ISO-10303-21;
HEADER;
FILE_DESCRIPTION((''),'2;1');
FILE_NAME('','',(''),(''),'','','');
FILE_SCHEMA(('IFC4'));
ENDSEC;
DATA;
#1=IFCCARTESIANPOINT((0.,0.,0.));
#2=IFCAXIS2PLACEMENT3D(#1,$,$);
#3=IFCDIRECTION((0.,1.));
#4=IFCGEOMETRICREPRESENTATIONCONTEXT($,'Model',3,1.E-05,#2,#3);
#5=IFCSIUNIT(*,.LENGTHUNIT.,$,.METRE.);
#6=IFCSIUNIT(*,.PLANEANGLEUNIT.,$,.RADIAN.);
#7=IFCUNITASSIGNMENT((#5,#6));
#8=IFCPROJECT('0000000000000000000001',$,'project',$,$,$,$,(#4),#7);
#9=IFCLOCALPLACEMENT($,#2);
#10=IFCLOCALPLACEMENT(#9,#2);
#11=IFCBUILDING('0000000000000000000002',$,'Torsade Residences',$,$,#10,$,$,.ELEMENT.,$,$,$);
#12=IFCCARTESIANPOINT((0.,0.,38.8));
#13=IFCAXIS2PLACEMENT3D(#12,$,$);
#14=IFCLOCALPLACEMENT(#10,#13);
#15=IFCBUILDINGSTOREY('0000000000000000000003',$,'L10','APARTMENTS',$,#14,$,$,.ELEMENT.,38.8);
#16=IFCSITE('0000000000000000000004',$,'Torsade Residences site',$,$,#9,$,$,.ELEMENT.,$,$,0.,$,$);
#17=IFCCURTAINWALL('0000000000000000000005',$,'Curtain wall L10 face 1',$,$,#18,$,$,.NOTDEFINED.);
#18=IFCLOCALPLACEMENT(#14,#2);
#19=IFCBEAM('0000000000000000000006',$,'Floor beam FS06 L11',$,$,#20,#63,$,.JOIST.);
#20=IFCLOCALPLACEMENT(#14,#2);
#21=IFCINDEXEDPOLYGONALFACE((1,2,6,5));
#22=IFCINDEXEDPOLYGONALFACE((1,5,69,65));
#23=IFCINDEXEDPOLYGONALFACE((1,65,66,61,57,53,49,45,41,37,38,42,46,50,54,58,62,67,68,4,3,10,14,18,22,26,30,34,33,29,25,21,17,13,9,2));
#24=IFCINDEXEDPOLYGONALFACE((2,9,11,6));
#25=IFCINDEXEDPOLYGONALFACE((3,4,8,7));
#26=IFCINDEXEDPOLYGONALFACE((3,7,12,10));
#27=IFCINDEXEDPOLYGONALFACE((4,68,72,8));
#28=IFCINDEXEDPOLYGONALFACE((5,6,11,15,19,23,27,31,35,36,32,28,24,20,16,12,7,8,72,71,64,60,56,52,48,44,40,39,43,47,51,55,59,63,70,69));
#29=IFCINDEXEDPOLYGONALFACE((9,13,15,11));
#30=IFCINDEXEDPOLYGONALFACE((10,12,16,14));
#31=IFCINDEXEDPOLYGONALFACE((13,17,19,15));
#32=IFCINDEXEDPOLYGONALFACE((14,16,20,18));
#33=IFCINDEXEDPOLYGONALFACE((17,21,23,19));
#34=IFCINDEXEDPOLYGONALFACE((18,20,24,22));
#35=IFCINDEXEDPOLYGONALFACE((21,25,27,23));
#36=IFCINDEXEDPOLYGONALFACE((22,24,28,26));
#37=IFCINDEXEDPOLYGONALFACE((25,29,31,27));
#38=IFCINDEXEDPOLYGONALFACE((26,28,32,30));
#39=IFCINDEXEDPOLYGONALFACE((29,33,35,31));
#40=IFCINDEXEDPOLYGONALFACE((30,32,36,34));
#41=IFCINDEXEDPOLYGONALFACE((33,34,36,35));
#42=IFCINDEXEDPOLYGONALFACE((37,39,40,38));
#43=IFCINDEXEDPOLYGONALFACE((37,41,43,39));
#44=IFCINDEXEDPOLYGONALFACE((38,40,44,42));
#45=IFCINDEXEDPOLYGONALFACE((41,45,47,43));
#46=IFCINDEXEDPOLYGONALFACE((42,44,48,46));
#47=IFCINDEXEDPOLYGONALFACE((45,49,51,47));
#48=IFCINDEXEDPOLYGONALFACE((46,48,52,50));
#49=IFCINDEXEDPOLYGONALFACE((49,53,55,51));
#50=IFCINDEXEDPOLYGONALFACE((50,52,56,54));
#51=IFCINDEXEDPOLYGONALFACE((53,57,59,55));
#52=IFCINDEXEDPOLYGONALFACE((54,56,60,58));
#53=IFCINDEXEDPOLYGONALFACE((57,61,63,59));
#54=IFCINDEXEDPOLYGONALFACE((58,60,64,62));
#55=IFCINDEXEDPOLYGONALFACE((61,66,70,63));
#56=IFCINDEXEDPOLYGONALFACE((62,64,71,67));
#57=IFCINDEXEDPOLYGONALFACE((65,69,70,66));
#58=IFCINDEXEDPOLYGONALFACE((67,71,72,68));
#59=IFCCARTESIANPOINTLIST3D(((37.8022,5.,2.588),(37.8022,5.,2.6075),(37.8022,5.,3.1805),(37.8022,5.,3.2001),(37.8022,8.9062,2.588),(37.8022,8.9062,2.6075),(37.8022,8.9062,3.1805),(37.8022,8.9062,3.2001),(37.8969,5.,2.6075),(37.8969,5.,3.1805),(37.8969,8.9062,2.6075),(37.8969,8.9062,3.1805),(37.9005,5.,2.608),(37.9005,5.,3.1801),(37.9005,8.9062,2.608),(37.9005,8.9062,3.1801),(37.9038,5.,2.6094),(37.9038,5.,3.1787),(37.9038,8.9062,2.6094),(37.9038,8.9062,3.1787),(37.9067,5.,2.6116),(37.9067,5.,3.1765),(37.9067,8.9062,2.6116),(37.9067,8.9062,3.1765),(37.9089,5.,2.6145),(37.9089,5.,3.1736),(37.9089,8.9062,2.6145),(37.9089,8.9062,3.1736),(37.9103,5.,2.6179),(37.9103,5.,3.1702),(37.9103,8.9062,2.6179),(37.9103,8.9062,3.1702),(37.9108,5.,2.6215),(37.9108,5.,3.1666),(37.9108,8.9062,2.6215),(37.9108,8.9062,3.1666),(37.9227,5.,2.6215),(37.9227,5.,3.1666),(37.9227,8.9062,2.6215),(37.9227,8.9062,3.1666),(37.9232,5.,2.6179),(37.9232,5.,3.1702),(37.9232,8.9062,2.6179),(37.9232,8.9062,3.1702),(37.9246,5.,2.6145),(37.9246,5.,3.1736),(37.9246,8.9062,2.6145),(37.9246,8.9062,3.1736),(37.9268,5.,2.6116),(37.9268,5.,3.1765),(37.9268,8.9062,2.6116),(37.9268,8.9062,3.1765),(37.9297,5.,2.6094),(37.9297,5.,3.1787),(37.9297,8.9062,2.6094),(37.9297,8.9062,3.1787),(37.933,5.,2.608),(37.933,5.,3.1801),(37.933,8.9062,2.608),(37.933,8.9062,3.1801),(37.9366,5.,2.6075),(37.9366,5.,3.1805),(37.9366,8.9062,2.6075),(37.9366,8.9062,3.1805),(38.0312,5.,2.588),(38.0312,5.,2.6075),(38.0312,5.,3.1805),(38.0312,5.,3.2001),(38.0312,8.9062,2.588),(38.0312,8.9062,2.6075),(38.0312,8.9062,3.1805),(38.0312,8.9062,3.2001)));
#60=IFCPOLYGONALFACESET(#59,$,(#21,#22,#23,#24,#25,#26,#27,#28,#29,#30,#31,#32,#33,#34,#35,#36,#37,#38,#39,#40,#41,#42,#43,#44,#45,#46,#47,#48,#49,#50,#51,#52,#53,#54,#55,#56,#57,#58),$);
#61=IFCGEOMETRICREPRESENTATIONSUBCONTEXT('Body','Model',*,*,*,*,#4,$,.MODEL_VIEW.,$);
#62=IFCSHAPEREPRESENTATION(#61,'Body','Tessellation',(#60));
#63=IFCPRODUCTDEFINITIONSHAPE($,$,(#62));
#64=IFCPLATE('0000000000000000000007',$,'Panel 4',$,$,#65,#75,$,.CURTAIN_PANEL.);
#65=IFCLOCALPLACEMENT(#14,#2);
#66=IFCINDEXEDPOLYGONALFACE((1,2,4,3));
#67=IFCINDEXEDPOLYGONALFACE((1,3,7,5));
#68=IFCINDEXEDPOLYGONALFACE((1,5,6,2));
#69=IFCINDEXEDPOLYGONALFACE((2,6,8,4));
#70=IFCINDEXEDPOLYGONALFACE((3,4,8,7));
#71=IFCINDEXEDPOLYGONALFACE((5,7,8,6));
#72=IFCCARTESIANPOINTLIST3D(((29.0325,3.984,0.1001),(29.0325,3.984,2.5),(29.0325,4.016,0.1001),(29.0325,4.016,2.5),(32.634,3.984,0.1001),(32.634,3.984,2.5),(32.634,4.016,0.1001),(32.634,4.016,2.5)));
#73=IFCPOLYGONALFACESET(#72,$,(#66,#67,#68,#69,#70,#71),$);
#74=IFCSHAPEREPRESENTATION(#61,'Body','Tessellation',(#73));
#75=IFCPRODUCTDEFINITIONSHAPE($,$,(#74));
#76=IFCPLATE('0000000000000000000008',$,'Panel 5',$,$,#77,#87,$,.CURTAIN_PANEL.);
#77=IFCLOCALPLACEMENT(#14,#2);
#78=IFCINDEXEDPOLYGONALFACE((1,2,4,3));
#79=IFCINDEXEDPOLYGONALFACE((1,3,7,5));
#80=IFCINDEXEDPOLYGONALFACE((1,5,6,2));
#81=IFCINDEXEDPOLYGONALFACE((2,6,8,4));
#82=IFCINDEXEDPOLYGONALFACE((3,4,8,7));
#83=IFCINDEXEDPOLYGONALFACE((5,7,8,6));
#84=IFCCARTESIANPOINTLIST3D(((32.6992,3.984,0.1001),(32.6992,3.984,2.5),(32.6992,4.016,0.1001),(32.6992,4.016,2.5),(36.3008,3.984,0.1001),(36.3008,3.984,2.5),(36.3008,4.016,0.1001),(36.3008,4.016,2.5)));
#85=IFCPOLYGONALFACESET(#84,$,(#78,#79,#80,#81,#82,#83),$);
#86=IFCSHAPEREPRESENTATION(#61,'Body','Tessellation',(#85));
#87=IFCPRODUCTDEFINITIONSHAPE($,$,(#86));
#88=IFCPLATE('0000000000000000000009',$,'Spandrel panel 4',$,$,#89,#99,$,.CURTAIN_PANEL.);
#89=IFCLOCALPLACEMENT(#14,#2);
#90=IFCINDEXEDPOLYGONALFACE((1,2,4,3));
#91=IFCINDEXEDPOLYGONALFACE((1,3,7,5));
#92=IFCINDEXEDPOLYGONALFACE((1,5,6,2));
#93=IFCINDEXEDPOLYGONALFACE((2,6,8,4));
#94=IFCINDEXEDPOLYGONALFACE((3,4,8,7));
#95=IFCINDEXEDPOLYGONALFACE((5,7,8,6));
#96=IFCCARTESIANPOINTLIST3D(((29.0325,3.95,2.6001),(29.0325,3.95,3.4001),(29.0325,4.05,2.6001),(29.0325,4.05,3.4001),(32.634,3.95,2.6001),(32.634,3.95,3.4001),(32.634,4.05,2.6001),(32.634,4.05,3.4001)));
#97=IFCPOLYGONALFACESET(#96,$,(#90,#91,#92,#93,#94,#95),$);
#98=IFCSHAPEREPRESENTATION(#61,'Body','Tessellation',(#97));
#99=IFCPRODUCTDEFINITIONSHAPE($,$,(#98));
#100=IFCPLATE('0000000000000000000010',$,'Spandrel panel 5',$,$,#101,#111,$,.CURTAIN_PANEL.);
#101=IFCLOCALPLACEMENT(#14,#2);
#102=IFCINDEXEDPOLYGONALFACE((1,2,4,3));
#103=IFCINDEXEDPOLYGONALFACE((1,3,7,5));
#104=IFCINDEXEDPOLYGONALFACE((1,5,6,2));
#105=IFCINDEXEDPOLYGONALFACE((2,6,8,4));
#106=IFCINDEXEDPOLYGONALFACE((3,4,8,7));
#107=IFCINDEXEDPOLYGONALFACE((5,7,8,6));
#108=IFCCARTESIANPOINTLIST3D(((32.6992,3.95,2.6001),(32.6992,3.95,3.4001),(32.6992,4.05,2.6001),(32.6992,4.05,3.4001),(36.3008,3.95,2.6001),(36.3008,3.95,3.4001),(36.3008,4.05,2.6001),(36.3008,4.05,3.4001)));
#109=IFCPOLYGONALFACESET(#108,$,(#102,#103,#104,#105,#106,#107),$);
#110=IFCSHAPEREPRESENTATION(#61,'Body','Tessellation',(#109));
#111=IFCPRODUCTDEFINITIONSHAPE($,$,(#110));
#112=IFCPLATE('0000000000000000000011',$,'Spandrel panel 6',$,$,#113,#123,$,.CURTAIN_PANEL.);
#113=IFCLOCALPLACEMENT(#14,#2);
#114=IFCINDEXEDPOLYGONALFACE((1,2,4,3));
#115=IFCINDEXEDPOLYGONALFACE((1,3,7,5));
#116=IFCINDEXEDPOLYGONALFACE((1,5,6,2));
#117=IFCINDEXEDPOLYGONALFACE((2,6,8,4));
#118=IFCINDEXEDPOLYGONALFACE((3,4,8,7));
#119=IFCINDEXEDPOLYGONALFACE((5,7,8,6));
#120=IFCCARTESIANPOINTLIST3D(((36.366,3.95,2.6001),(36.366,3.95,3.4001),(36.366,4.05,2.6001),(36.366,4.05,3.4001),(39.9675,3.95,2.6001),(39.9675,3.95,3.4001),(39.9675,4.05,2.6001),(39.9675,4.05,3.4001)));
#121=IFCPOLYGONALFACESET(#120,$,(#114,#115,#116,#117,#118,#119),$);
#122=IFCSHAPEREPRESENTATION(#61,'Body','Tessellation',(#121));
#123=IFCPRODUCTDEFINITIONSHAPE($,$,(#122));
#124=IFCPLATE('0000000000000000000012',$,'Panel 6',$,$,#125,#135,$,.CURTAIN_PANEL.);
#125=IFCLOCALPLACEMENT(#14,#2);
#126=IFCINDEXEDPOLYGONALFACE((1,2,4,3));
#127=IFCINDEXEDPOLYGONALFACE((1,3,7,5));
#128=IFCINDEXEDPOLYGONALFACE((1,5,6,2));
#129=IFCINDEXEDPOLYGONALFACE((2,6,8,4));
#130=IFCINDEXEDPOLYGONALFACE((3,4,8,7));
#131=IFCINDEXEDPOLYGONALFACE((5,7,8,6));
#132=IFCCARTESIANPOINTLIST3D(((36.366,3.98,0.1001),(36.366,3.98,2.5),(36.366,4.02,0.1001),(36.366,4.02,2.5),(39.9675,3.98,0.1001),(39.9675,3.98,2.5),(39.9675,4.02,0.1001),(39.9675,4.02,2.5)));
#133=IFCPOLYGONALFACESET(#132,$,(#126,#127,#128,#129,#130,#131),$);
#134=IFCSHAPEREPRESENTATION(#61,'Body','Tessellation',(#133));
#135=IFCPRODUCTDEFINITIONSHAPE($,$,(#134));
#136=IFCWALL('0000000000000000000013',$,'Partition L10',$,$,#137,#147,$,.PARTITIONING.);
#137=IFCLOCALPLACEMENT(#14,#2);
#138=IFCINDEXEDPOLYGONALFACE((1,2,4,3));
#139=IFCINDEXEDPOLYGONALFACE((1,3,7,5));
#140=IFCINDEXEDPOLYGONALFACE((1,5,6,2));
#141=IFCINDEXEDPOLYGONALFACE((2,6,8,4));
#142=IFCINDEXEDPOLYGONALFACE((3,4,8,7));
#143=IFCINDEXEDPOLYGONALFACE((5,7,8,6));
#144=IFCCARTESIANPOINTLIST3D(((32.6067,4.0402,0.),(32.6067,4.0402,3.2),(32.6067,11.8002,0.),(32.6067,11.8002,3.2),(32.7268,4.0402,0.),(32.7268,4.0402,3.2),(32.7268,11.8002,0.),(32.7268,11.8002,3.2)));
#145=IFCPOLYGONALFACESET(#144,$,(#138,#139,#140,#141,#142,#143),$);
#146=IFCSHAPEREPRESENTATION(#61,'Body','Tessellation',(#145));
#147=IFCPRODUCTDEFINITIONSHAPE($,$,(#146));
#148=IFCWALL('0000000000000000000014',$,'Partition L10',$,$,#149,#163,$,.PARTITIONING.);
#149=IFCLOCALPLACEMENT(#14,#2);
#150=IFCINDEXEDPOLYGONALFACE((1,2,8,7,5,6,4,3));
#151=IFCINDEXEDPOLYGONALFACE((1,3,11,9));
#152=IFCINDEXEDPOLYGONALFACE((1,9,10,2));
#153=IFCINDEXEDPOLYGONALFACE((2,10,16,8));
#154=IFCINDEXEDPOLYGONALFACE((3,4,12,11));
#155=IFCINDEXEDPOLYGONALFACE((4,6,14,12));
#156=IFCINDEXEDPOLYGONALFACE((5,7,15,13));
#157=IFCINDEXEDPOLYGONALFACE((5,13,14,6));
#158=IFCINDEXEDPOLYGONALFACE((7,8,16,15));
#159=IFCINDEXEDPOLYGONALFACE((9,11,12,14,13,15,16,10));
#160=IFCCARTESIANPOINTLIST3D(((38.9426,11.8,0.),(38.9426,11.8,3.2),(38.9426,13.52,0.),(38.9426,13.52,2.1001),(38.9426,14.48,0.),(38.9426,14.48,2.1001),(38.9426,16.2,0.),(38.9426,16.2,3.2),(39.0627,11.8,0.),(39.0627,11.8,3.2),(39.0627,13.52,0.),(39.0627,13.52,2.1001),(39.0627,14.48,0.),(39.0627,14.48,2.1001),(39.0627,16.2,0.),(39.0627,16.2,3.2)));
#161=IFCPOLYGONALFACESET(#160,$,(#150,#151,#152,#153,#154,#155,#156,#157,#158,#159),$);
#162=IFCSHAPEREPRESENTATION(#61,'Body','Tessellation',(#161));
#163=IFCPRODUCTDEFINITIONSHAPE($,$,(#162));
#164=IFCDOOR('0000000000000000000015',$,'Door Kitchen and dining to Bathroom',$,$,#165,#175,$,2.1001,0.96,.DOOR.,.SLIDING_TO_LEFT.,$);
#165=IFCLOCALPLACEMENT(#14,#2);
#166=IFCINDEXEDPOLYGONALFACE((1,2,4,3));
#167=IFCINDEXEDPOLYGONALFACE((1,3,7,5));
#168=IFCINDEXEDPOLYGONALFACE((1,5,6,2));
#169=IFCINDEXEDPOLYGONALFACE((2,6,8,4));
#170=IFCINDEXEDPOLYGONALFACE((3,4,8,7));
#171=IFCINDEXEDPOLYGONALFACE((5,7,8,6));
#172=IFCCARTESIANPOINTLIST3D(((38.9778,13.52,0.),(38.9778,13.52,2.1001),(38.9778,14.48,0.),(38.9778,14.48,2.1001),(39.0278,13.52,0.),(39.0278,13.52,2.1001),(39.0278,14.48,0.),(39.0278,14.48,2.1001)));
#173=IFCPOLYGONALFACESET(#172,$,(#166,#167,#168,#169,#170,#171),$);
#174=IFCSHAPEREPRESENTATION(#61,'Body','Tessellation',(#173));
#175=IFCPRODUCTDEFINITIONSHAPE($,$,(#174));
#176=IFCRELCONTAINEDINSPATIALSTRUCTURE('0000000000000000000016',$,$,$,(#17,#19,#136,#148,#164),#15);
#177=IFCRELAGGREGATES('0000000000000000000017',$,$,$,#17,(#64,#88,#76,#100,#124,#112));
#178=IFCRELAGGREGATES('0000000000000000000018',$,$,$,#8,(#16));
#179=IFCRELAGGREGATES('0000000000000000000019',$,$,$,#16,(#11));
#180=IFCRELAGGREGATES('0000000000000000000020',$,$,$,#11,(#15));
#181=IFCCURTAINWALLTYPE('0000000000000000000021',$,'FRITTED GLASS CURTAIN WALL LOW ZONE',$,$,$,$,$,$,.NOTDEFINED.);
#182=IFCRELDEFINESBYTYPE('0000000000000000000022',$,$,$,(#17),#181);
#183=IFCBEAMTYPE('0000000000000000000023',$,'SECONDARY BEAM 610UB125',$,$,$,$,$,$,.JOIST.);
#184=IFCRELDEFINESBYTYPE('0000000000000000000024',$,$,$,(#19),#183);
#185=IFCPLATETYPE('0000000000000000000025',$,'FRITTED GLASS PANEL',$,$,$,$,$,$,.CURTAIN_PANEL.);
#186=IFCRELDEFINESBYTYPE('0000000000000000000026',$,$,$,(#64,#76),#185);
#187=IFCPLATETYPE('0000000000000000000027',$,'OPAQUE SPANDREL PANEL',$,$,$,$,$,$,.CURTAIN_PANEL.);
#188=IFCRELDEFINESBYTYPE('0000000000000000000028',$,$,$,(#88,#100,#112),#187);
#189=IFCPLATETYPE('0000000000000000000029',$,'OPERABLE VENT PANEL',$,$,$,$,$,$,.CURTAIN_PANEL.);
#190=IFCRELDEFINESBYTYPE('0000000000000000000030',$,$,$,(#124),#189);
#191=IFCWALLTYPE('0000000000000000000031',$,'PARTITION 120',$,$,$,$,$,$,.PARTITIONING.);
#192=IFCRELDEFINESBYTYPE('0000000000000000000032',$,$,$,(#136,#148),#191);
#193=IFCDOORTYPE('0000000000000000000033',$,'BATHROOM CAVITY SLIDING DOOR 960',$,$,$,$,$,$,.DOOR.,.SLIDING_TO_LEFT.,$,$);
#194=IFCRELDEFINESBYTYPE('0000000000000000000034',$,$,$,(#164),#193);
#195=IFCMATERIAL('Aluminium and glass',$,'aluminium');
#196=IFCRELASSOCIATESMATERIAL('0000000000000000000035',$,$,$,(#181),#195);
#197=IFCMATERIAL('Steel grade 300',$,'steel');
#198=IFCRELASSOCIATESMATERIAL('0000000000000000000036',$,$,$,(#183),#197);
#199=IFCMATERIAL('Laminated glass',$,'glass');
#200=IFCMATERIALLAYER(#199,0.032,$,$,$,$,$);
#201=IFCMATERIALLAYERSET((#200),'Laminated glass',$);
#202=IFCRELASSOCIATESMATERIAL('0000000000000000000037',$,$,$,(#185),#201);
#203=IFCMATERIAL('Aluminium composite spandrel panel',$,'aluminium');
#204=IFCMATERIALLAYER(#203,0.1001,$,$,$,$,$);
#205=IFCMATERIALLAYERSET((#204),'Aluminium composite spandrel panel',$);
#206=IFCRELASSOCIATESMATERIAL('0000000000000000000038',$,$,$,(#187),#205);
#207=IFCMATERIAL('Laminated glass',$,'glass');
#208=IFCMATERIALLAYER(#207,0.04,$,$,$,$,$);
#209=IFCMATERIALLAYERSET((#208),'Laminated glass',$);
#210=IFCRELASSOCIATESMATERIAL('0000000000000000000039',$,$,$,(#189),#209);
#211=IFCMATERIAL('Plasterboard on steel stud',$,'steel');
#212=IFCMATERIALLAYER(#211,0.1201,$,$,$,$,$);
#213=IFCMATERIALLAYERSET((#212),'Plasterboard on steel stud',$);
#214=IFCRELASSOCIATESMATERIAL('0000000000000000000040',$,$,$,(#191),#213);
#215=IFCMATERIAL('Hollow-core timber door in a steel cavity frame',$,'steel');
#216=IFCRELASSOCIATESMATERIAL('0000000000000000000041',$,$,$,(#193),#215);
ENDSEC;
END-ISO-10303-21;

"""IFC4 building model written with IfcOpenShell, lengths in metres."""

from ifc_helpers import new_model, si_unit, direction, frame, frame_2d, origin, origin_2d, place, context, subcontext, project, spatial, rectangle, i_section, extrude, material, layer, layer_set, material_profile, profile_set, type_object, element, fill, aggregate, save


model = new_model("IFC4")

# Units and contexts
model_context = context("Model", 3, precision=1e-05, world=origin(), true_north=direction((0.0, 1.0)))
body_context = subcontext(model_context, "Body", "Model", "MODEL_VIEW")
ifc_project = project(units=[si_unit("LENGTHUNIT", "METRE"), si_unit("PLANEANGLEUNIT", "RADIAN")], contexts=[model_context])

# Site, building, storey
site_placement = place(None, origin())
site = spatial("IfcSite", under=ifc_project, at=site_placement, Name="Torsade Residences site", CompositionType="ELEMENT", RefElevation=0.0)
building_placement = place(site_placement, origin())
building = spatial("IfcBuilding", under=site, at=building_placement, Name="Torsade Residences", CompositionType="ELEMENT")
storey_placement = place(building_placement, frame((0.0, 0.0, 38.8)))
storey = spatial("IfcBuildingStorey", under=building, at=storey_placement, Name="L10", Description="APARTMENTS", CompositionType="ELEMENT", Elevation=38.8)

# Curtain wall
ifc_material_1 = material(Name="Aluminium and glass", Category="aluminium")
curtain_wall_type = type_object("IfcCurtainWallType", Name="FRITTED GLASS CURTAIN WALL LOW ZONE", PredefinedType="NOTDEFINED", material=ifc_material_1)
curtain_wall_placement = place(storey_placement, origin())
curtain_wall = element("IfcCurtainWall", 1, at=curtain_wall_placement, inside=storey, type_object=curtain_wall_type, Name="Curtain wall L10 face 1", PredefinedType="NOTDEFINED")

# Beam
ifc_material_2 = material(Name="Steel grade 300", Category="steel")
ifc_material_profile_1 = material_profile(ifc_material_2, i_section(OverallWidth=0.229, OverallDepth=0.6121, WebThickness=0.012, FlangeThickness=0.0195, FilletRadius=0.0139, at=origin_2d()), Name="610UB125")
ifc_profile_set_1 = profile_set([ifc_material_profile_1], Name="Steel grade 300")
beam_type = type_object("IfcBeamType", Name="SECONDARY BEAM 610UB125", PredefinedType="JOIST", material=ifc_profile_set_1)
beam_1_placement = place(storey_placement, frame((37.9167, 5.0, 2.894), z_axis=(0.0, 1.0, 0.0), x_axis=(-1.0, 0.0, 0.0)))
element("IfcBeam", 2, at=beam_1_placement, inside=storey, type_object=beam_type, Name="Floor beam FS06 L11", PredefinedType="JOIST", context=body_context, shape_type="SweptSolid", body=[
    extrude(i_section(OverallWidth=0.229, OverallDepth=0.6121, WebThickness=0.012, FlangeThickness=0.0195, FilletRadius=0.0139, at=origin_2d()), origin(), (0.0, 0.0, 1.0), 3.9062),
])

# Plates
ifc_material_3 = material(Name="Laminated glass", Category="glass")
ifc_layer_1 = layer(ifc_material_3, 0.032)
ifc_layer_set_1 = layer_set([ifc_layer_1], Name="Laminated glass")
plate_type_1 = type_object("IfcPlateType", Name="FRITTED GLASS PANEL", PredefinedType="CURTAIN_PANEL", material=ifc_layer_set_1)
plate_1_placement = place(storey_placement, frame((30.8333, 4.0, 0.1001), z_axis=(0.0, 0.0, 1.0), x_axis=(1.0, 0.0, 0.0)))
plate_1 = element("IfcPlate", 3, at=plate_1_placement, type_object=plate_type_1, Name="Panel 4", PredefinedType="CURTAIN_PANEL", context=body_context, shape_type="SweptSolid", body=[
    extrude(rectangle(XDim=3.6016, YDim=0.032, at=origin_2d()), origin(), (0.0, 0.0, 1.0), 2.3999),
])
plate_2_placement = place(storey_placement, frame((34.5, 4.0, 0.1001), z_axis=(0.0, 0.0, 1.0), x_axis=(1.0, 0.0, 0.0)))
plate_2 = element("IfcPlate", 4, at=plate_2_placement, type_object=plate_type_1, Name="Panel 5", PredefinedType="CURTAIN_PANEL", context=body_context, shape_type="SweptSolid", body=[
    extrude(rectangle(XDim=3.6016, YDim=0.032, at=origin_2d()), origin(), (0.0, 0.0, 1.0), 2.3999),
])
ifc_material_4 = material(Name="Aluminium composite spandrel panel", Category="aluminium")
ifc_layer_2 = layer(ifc_material_4, 0.1001)
ifc_layer_set_2 = layer_set([ifc_layer_2], Name="Aluminium composite spandrel panel")
plate_type_2 = type_object("IfcPlateType", Name="OPAQUE SPANDREL PANEL", PredefinedType="CURTAIN_PANEL", material=ifc_layer_set_2)
plate_3_placement = place(storey_placement, frame((30.8333, 4.0, 2.6001), z_axis=(0.0, 0.0, 1.0), x_axis=(1.0, 0.0, 0.0)))
plate_3 = element("IfcPlate", 5, at=plate_3_placement, type_object=plate_type_2, Name="Spandrel panel 4", PredefinedType="CURTAIN_PANEL", context=body_context, shape_type="SweptSolid", body=[
    extrude(rectangle(XDim=3.6016, YDim=0.1001, at=origin_2d()), origin(), (0.0, 0.0, 1.0), 0.8),
])
plate_4_placement = place(storey_placement, frame((34.5, 4.0, 2.6001), z_axis=(0.0, 0.0, 1.0), x_axis=(1.0, 0.0, 0.0)))
plate_4 = element("IfcPlate", 6, at=plate_4_placement, type_object=plate_type_2, Name="Spandrel panel 5", PredefinedType="CURTAIN_PANEL", context=body_context, shape_type="SweptSolid", body=[
    extrude(rectangle(XDim=3.6016, YDim=0.1001, at=origin_2d()), origin(), (0.0, 0.0, 1.0), 0.8),
])
plate_5_placement = place(storey_placement, frame((38.1667, 4.0, 2.6001), z_axis=(0.0, 0.0, 1.0), x_axis=(1.0, 0.0, 0.0)))
plate_5 = element("IfcPlate", 7, at=plate_5_placement, type_object=plate_type_2, Name="Spandrel panel 6", PredefinedType="CURTAIN_PANEL", context=body_context, shape_type="SweptSolid", body=[
    extrude(rectangle(XDim=3.6016, YDim=0.1001, at=origin_2d()), origin(), (0.0, 0.0, 1.0), 0.8),
])
ifc_material_5 = material(Name="Laminated glass", Category="glass")
ifc_layer_3 = layer(ifc_material_5, 0.04)
ifc_layer_set_3 = layer_set([ifc_layer_3], Name="Laminated glass")
plate_type_3 = type_object("IfcPlateType", Name="OPERABLE VENT PANEL", PredefinedType="CURTAIN_PANEL", material=ifc_layer_set_3)
plate_6_placement = place(storey_placement, frame((38.1667, 4.0, 0.1001), z_axis=(0.0, 0.0, 1.0), x_axis=(1.0, 0.0, 0.0)))
plate_6 = element("IfcPlate", 8, at=plate_6_placement, type_object=plate_type_3, Name="Panel 6", PredefinedType="CURTAIN_PANEL", context=body_context, shape_type="SweptSolid", body=[
    extrude(rectangle(XDim=3.6016, YDim=0.04, at=origin_2d()), origin(), (0.0, 0.0, 1.0), 2.3999),
])
aggregate(curtain_wall, [plate_1, plate_3, plate_2, plate_4, plate_6, plate_5])

# Wall
ifc_material_6 = material(Name="Plasterboard on steel stud", Category="steel")
ifc_layer_4 = layer(ifc_material_6, 0.1201)
ifc_layer_set_4 = layer_set([ifc_layer_4], Name="Plasterboard on steel stud")
wall_type_1 = type_object("IfcWallType", Name="PARTITION 120", PredefinedType="PARTITIONING", material=ifc_layer_set_4)
wall_1_placement = place(storey_placement, frame((32.6667, 11.8, 0.0), z_axis=(0.0, 0.0, 1.0), x_axis=(0.0, -1.0, 0.0)))
element("IfcWall", 9, at=wall_1_placement, inside=storey, type_object=wall_type_1, Name="Partition L10", PredefinedType="PARTITIONING", context=body_context, shape_type="SweptSolid", body=[
    extrude(rectangle(XDim=7.76, YDim=0.1201, at=frame_2d((3.8799, 0.0))), origin(), (0.0, 0.0, 1.0), 3.2),
])

# Wall, opening, door
wall_2_placement = place(storey_placement, frame((39.0027, 11.8, 0.0), z_axis=(0.0, 0.0, 1.0), x_axis=(0.0, 1.0, 0.0)))
wall_2 = element("IfcWall", 10, at=wall_2_placement, inside=storey, type_object=wall_type_1, Name="Partition L10", PredefinedType="PARTITIONING", context=body_context, shape_type="SweptSolid", body=[
    extrude(rectangle(XDim=4.3999, YDim=0.1201, at=frame_2d((2.2, 0.0))), origin(), (0.0, 0.0, 1.0), 3.2),
])
opening_placement = place(wall_2_placement, frame((1.72, 0.0, 0.0)))
opening = element("IfcOpeningElement", 11, at=opening_placement, cuts=wall_2, PredefinedType="OPENING", context=body_context, shape_type="SweptSolid", body=[
    extrude(rectangle(XDim=0.96, YDim=2.1001, at=frame_2d((0.48, 1.05))), frame((0.0, 0.0701, 0.0), z_axis=(0.0, -1.0, 0.0), x_axis=(1.0, 0.0, 0.0)), (0.0, 0.0, 1.0), 0.1401),
])
ifc_material_7 = material(Name="Hollow-core timber door in a steel cavity frame", Category="steel")
door_type = type_object("IfcDoorType", Name="BATHROOM CAVITY SLIDING DOOR 960", OperationType="SLIDING_TO_LEFT", PredefinedType="DOOR", material=ifc_material_7)
door_placement = place(opening_placement, origin())
door = element("IfcDoor", 12, at=door_placement, inside=storey, type_object=door_type, Name="Door Kitchen and dining to Bathroom", OperationType="SLIDING_TO_LEFT", OverallHeight=2.1001, OverallWidth=0.96, PredefinedType="DOOR", context=body_context, shape_type="SweptSolid", body=[
    extrude(rectangle(XDim=0.96, YDim=2.1001, at=frame_2d((0.48, 1.05))), frame((0.0, 0.0249, 0.0), z_axis=(0.0, -1.0, 0.0), x_axis=(1.0, 0.0, 0.0)), (0.0, 0.0, 1.0), 0.05),
])
fill(opening, door)

save(model, "model.ifc")
